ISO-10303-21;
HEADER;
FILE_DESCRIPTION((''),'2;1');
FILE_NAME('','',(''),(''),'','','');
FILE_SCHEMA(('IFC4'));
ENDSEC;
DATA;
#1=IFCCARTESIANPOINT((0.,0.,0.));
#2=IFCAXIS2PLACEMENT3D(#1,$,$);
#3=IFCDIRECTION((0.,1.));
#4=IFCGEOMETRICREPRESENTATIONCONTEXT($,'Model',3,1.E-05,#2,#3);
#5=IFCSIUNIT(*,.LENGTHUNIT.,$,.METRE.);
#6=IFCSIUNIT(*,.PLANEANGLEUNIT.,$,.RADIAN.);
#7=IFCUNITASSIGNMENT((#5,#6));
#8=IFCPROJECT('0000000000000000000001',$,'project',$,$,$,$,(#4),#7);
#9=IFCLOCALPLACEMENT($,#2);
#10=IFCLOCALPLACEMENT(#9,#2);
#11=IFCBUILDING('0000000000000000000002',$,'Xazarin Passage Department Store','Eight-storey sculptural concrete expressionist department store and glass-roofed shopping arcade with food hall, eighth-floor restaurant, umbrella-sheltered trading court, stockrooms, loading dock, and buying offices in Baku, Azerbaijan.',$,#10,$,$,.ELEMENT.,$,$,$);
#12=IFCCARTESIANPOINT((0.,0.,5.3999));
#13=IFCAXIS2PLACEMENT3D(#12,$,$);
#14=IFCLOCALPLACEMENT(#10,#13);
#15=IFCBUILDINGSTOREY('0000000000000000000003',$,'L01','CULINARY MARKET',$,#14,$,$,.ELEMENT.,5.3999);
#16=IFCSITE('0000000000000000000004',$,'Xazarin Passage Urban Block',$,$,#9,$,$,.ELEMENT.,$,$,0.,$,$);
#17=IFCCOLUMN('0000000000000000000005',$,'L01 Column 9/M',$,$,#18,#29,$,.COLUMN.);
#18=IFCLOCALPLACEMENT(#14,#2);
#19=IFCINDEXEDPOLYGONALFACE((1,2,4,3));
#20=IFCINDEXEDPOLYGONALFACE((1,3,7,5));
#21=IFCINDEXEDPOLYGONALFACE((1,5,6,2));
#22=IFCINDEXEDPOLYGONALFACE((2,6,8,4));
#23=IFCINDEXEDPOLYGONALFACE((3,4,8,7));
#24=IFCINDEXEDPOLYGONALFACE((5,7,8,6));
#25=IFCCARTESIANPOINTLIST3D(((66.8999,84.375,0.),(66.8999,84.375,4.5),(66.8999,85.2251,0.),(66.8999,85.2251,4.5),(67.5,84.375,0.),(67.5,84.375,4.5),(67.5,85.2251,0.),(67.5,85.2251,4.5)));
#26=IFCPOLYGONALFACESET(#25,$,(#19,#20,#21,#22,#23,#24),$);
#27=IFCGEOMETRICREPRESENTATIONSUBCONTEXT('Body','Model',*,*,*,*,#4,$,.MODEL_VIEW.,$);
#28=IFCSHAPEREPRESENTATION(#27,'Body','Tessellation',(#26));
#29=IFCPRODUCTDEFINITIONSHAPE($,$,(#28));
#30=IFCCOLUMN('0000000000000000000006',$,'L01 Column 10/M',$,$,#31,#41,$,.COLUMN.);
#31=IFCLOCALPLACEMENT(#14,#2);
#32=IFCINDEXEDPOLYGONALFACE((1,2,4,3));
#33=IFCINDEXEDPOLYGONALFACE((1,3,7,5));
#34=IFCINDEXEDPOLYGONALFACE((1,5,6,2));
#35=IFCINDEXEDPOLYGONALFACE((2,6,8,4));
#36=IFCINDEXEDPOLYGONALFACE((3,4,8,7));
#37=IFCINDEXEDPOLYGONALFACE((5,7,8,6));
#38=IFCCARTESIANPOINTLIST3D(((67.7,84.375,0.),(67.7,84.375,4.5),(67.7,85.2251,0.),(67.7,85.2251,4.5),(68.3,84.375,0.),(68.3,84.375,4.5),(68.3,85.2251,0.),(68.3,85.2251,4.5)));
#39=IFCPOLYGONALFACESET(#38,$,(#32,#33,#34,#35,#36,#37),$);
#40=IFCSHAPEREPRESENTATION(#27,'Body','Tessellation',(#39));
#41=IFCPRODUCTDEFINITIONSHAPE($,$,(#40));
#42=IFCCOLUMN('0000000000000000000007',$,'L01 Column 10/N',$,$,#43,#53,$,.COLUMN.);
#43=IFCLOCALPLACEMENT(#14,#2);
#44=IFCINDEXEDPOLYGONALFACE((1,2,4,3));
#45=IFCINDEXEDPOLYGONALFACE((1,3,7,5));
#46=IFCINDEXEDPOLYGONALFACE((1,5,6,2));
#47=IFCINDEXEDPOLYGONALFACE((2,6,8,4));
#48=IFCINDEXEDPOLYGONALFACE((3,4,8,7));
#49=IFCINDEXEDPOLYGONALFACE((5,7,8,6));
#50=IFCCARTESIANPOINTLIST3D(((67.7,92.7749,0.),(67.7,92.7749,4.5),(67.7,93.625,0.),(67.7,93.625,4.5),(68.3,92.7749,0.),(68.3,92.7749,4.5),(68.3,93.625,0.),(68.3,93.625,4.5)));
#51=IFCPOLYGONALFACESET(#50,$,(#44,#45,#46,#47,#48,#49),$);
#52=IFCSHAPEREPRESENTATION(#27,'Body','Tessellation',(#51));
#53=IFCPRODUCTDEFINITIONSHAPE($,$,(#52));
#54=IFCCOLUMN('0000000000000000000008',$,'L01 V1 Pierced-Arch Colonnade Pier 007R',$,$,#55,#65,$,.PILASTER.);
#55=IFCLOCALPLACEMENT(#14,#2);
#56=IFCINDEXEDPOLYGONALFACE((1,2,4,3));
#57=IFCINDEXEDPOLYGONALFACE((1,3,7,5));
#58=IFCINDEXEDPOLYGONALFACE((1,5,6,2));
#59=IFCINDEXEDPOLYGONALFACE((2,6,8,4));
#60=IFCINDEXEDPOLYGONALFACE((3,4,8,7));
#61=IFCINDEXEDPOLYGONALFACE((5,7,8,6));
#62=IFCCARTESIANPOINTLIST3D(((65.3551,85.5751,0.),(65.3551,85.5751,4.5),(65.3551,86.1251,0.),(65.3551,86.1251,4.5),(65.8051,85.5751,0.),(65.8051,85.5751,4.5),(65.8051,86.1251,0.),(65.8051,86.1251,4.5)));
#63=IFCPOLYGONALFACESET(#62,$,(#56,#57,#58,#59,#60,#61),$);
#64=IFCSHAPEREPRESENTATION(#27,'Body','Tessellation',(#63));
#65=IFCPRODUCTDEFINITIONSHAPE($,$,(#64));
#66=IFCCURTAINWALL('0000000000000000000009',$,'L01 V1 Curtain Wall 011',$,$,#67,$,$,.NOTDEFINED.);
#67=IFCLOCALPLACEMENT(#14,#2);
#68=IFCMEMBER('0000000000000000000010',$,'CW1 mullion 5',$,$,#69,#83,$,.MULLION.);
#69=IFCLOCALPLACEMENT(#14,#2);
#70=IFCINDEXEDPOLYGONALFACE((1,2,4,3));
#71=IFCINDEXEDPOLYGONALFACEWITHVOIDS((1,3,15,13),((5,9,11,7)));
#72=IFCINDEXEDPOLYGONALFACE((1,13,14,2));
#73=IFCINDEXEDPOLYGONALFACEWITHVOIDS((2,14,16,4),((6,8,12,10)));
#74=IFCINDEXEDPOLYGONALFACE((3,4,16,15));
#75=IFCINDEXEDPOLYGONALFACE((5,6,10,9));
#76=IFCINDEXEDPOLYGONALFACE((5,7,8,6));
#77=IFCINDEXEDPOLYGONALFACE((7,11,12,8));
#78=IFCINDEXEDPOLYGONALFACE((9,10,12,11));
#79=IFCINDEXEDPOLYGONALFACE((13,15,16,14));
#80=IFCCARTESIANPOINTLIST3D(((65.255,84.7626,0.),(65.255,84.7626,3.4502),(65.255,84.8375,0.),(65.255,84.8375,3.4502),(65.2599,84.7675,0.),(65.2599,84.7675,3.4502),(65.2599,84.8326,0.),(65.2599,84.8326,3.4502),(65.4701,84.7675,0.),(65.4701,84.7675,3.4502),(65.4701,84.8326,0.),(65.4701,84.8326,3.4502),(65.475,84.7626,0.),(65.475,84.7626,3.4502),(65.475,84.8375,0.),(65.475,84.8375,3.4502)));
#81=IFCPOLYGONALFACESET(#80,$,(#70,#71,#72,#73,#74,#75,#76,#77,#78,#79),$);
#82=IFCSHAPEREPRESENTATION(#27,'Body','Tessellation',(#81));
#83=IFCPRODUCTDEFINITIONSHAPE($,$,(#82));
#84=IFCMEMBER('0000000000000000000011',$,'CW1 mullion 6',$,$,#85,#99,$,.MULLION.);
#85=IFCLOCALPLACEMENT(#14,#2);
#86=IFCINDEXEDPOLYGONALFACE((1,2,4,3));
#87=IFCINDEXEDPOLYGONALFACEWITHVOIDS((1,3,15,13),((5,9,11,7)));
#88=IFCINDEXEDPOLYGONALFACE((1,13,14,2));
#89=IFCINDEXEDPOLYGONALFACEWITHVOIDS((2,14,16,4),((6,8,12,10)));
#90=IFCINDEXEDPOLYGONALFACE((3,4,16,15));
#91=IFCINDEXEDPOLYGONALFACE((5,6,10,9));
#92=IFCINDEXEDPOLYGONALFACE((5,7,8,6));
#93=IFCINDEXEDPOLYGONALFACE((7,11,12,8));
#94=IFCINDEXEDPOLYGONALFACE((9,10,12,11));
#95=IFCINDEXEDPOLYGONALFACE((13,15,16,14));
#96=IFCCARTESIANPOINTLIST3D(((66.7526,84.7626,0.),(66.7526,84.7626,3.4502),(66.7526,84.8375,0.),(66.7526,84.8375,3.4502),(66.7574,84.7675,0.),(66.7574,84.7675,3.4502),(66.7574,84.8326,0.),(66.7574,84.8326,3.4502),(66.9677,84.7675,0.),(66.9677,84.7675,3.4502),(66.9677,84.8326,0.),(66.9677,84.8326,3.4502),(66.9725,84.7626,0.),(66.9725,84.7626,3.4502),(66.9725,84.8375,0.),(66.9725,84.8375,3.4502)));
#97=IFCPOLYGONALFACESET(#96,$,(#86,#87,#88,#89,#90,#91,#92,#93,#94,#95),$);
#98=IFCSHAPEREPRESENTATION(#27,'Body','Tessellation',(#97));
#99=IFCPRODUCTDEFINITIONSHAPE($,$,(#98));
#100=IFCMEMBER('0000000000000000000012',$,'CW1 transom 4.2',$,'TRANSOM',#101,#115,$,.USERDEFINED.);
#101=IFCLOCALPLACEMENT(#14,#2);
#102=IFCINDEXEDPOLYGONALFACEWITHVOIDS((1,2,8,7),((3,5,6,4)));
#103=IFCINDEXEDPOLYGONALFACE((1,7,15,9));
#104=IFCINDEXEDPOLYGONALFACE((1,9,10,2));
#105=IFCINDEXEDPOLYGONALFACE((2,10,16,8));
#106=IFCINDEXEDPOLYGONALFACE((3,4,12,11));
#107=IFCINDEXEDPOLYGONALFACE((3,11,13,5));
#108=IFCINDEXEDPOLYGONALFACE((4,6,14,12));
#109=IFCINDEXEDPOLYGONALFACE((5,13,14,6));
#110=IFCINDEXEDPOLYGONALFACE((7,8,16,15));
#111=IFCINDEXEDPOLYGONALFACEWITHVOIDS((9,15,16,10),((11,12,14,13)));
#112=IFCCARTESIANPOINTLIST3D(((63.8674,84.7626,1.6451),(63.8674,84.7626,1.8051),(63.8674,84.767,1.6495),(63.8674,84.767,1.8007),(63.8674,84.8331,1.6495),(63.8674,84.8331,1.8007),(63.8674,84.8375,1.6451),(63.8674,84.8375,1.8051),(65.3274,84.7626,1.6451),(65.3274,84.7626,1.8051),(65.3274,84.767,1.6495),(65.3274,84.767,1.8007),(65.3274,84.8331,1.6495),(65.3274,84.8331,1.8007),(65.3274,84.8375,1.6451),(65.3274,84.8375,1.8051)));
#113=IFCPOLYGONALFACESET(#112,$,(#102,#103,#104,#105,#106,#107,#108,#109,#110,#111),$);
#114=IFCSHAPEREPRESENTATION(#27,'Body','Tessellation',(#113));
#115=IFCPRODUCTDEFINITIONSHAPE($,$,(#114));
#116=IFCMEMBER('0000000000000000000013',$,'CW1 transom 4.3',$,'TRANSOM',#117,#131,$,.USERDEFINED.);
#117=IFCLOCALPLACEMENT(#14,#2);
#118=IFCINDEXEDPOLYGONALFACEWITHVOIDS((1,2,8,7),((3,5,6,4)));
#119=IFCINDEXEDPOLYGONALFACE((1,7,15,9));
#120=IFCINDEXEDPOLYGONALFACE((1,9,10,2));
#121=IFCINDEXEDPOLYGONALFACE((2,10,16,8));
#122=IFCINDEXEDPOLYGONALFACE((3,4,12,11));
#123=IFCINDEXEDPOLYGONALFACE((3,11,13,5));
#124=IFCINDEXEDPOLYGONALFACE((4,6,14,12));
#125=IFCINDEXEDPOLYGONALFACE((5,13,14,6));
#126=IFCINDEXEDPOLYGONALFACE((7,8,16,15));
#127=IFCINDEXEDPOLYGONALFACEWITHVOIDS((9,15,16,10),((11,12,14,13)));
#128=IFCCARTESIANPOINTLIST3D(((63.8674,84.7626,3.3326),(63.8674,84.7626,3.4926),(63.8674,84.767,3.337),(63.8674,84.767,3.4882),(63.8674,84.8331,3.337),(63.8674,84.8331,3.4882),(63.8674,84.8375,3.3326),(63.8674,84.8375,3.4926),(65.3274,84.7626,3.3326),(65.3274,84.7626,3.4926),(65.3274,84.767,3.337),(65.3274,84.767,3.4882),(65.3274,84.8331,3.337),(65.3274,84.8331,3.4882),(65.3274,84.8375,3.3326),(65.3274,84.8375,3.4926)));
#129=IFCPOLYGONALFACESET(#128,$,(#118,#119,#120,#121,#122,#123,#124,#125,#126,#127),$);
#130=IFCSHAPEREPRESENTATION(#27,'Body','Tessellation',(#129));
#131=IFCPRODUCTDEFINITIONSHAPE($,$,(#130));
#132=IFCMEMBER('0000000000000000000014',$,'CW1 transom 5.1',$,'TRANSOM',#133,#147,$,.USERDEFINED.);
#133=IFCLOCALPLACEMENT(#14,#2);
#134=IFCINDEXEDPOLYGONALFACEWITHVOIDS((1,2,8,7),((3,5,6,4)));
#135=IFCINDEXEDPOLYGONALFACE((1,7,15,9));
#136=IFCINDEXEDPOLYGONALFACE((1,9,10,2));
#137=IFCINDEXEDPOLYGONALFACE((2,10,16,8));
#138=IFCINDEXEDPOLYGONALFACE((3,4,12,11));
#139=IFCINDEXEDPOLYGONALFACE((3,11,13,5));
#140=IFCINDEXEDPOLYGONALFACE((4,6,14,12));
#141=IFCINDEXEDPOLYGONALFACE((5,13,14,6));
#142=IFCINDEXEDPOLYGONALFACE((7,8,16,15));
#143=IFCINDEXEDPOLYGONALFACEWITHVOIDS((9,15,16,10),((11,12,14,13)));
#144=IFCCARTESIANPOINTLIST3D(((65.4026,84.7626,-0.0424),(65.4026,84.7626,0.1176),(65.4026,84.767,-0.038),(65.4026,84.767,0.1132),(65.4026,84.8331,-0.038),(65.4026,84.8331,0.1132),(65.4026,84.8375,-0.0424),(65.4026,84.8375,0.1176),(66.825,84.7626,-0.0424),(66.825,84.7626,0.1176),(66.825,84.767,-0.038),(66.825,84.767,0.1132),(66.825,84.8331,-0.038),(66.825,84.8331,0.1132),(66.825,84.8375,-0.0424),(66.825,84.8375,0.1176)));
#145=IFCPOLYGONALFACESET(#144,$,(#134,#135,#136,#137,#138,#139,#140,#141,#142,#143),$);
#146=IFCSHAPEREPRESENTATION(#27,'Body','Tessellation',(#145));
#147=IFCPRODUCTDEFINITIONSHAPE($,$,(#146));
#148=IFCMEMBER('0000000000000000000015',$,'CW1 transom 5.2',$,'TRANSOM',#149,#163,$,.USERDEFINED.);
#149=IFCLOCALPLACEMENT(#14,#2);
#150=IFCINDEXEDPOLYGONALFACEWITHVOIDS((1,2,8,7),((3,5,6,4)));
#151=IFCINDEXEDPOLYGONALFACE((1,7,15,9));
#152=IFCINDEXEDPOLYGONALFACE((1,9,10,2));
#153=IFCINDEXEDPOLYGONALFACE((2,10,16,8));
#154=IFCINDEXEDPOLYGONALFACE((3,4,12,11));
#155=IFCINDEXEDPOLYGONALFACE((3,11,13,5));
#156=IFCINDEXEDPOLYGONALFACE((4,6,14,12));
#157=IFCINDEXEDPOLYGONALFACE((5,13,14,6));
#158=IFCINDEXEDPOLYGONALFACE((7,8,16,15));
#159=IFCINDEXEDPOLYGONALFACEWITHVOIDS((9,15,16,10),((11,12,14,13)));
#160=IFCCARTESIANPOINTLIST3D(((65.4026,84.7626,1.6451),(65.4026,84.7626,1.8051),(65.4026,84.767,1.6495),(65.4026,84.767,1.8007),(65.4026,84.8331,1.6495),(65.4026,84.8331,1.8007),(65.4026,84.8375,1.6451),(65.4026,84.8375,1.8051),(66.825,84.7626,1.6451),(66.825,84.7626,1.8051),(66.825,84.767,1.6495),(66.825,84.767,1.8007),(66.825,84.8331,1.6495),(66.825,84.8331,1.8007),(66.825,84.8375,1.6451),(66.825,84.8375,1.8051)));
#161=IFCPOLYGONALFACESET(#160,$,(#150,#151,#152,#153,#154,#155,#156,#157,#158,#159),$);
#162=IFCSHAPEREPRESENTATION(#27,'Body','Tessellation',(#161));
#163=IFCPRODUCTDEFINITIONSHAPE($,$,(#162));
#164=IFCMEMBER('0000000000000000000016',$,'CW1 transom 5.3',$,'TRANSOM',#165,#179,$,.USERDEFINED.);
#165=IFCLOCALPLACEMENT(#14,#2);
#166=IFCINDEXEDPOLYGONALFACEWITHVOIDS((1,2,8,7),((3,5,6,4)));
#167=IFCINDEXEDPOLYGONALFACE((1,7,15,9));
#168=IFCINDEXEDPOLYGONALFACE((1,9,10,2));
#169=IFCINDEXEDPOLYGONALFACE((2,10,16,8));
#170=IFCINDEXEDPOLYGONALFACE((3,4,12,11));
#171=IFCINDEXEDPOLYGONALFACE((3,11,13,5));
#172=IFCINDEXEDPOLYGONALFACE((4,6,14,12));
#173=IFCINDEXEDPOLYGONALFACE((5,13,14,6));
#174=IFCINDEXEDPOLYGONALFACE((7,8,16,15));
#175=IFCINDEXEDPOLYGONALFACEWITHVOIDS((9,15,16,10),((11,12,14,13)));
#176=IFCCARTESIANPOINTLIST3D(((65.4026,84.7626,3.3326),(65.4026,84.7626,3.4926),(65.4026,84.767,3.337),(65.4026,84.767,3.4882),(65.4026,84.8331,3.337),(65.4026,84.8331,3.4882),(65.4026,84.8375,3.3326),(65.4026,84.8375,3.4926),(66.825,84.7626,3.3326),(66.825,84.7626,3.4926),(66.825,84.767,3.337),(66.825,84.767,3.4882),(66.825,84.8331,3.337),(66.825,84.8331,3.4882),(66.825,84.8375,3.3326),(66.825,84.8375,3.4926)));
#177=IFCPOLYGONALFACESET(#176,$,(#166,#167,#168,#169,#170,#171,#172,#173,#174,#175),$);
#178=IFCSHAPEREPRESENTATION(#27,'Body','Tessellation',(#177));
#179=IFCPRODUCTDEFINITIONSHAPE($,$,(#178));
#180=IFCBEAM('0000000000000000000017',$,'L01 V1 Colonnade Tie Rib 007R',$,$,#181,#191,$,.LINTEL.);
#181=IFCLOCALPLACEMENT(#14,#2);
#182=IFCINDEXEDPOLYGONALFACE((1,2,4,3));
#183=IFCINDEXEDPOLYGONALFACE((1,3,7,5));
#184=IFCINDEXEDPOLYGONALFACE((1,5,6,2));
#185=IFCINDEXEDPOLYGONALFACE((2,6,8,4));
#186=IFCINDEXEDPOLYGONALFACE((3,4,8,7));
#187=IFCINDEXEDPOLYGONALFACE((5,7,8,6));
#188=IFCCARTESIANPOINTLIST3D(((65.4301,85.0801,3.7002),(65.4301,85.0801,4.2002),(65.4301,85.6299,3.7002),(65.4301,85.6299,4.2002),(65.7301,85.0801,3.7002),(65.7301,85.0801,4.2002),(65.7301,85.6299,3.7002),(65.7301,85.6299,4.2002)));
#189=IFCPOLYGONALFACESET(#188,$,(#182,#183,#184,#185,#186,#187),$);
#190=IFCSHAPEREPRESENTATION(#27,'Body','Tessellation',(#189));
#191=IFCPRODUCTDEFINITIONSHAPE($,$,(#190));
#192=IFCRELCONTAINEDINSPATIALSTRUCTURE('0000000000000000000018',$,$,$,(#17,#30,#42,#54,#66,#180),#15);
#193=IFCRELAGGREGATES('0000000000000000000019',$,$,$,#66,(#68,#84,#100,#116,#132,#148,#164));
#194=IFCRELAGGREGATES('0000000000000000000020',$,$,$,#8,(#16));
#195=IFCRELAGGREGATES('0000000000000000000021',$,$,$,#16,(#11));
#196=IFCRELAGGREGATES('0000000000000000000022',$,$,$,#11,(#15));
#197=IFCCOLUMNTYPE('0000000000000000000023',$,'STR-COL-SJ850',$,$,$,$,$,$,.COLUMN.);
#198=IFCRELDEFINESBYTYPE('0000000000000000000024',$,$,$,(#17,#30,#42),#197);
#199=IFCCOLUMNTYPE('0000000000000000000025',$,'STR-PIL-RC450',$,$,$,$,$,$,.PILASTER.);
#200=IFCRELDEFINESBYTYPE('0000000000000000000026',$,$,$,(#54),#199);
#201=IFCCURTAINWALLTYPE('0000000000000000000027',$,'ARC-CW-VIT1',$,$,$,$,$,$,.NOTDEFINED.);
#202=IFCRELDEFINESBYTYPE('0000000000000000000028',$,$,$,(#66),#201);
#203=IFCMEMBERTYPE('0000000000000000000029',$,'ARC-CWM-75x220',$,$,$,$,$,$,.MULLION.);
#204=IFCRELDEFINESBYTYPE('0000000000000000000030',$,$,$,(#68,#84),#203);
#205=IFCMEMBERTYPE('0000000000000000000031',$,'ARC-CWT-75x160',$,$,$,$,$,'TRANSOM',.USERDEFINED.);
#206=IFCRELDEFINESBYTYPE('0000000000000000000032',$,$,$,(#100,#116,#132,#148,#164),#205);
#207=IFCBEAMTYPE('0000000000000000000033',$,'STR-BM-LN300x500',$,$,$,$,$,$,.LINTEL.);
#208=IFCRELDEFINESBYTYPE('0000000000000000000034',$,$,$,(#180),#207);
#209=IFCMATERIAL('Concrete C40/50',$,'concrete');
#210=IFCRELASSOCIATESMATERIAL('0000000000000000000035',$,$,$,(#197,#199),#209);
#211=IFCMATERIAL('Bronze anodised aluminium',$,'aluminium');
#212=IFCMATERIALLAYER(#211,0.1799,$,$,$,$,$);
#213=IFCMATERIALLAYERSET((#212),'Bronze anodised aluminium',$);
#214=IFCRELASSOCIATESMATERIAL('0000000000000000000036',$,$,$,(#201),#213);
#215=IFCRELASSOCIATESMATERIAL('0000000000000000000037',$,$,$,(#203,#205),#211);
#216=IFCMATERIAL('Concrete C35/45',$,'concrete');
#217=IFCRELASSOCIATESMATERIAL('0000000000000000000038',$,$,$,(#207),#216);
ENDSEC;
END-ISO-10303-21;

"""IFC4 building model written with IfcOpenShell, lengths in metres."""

from ifc_helpers import new_model, si_unit, direction, frame, origin, origin_2d, place, context, subcontext, project, spatial, rectangle, hollow_rectangle, extrude, material, layer, layer_set, material_profile, profile_set, type_object, element, aggregate, save


model = new_model("IFC4")

# Units and contexts
model_context = context("Model", 3, precision=1e-05, world=origin(), true_north=direction((0.0, 1.0)))
body_context = subcontext(model_context, "Body", "Model", "MODEL_VIEW")
ifc_project = project(units=[si_unit("LENGTHUNIT", "METRE"), si_unit("PLANEANGLEUNIT", "RADIAN")], contexts=[model_context])

# Site, building, storey
site_placement = place(None, origin())
site = spatial("IfcSite", under=ifc_project, at=site_placement, Name="Xazarin Passage Urban Block", CompositionType="ELEMENT", RefElevation=0.0)
building_placement = place(site_placement, origin())
building = spatial("IfcBuilding", under=site, at=building_placement, Name="Xazarin Passage Department Store", Description="Eight-storey sculptural concrete expressionist department store and glass-roofed shopping arcade with food hall, eighth-floor restaurant, umbrella-sheltered trading court, stockrooms, loading dock, and buying offices in Baku, Azerbaijan.", CompositionType="ELEMENT")
storey_placement = place(building_placement, frame((0.0, 0.0, 5.3999)))
storey = spatial("IfcBuildingStorey", under=building, at=storey_placement, Name="L01", Description="CULINARY MARKET", CompositionType="ELEMENT", Elevation=5.3999)

# Columns
ifc_material_1 = material(Name="Concrete C40/50", Category="concrete")
ifc_material_profile_1 = material_profile(ifc_material_1, rectangle(XDim=0.6001, YDim=0.8501, at=origin_2d()), Name="RC 600x850")
ifc_profile_set_1 = profile_set([ifc_material_profile_1], Name="Concrete C40/50")
column_type_1 = type_object("IfcColumnType", Name="STR-COL-SJ850", PredefinedType="COLUMN", material=ifc_profile_set_1)
for number, where, z_axis, x_axis, name in (
    (1, (67.2, 84.8, 0.0), (0.0, 0.0, 1.0), (1.0, 0.0, 0.0), "L01 Column 9/M"),
    (2, (68.0, 84.8, 0.0), (0.0, 0.0, 1.0), (1.0, 0.0, 0.0), "L01 Column 10/M"),
    (3, (68.0, 93.2, 0.0), (0.0, 0.0, 1.0), (1.0, 0.0, 0.0), "L01 Column 10/N"),
):
    element("IfcColumn", number, at=place(storey_placement, frame(where, z_axis=z_axis, x_axis=x_axis)), inside=storey, type_object=column_type_1, Name=name, PredefinedType="COLUMN", context=body_context, shape_type="SweptSolid", body=[
        extrude(rectangle(XDim=0.6001, YDim=0.8501, at=origin_2d()), origin(), (0.0, 0.0, 1.0), 4.5),
    ])
ifc_material_profile_2 = material_profile(ifc_material_1, rectangle(XDim=0.45, YDim=0.55, at=origin_2d()), Name="RC 450x550")
ifc_profile_set_2 = profile_set([ifc_material_profile_2], Name="Concrete C40/50")
column_type_2 = type_object("IfcColumnType", Name="STR-PIL-RC450", PredefinedType="PILASTER", material=ifc_profile_set_2)
column_placement = place(storey_placement, frame((65.5801, 85.8501, 0.0), z_axis=(0.0, 0.0, 1.0), x_axis=(1.0, 0.0, 0.0)))
element("IfcColumn", 4, at=column_placement, inside=storey, type_object=column_type_2, Name="L01 V1 Pierced-Arch Colonnade Pier 007R", PredefinedType="PILASTER", context=body_context, shape_type="SweptSolid", body=[
    extrude(rectangle(XDim=0.45, YDim=0.55, at=origin_2d()), origin(), (0.0, 0.0, 1.0), 4.5),
])

# Curtain wall, members
ifc_material_2 = material(Name="Bronze anodised aluminium", Category="aluminium")
ifc_layer_1 = layer(ifc_material_2, 0.1799)
ifc_layer_set_1 = layer_set([ifc_layer_1], Name="Bronze anodised aluminium")
curtain_wall_type = type_object("IfcCurtainWallType", Name="ARC-CW-VIT1", PredefinedType="NOTDEFINED", material=ifc_layer_set_1)
curtain_wall_placement = place(storey_placement, origin())
curtain_wall = element("IfcCurtainWall", 5, at=curtain_wall_placement, inside=storey, type_object=curtain_wall_type, Name="L01 V1 Curtain Wall 011", PredefinedType="NOTDEFINED")
ifc_material_profile_3 = material_profile(ifc_material_2, hollow_rectangle(XDim=0.075, YDim=0.22, WallThickness=0.0049, at=origin_2d()), Name="ALU 75x220")
ifc_profile_set_3 = profile_set([ifc_material_profile_3], Name="Bronze anodised aluminium")
member_type_1 = type_object("IfcMemberType", Name="ARC-CWM-75x220", PredefinedType="MULLION", material=ifc_profile_set_3)
member_1_placement = place(storey_placement, frame((65.365, 84.8, 0.0), z_axis=(0.0, 0.0, 1.0), x_axis=(0.0, 1.0, 0.0)))
member_1 = element("IfcMember", 6, at=member_1_placement, type_object=member_type_1, Name="CW1 mullion 5", PredefinedType="MULLION", context=body_context, shape_type="SweptSolid", body=[
    extrude(hollow_rectangle(XDim=0.075, YDim=0.22, WallThickness=0.0049, at=origin_2d()), origin(), (0.0, 0.0, 1.0), 3.4502),
])
member_2_placement = place(storey_placement, frame((66.8625, 84.8, 0.0), z_axis=(0.0, 0.0, 1.0), x_axis=(0.0, 1.0, 0.0)))
member_2 = element("IfcMember", 7, at=member_2_placement, type_object=member_type_1, Name="CW1 mullion 6", PredefinedType="MULLION", context=body_context, shape_type="SweptSolid", body=[
    extrude(hollow_rectangle(XDim=0.075, YDim=0.22, WallThickness=0.0049, at=origin_2d()), origin(), (0.0, 0.0, 1.0), 3.4502),
])
ifc_material_profile_4 = material_profile(ifc_material_2, hollow_rectangle(XDim=0.075, YDim=0.1599, WallThickness=0.0044, at=origin_2d()), Name="ALU 75x160")
ifc_profile_set_4 = profile_set([ifc_material_profile_4], Name="Bronze anodised aluminium")
member_type_2 = type_object("IfcMemberType", Name="ARC-CWT-75x160", ElementType="TRANSOM", PredefinedType="USERDEFINED", material=ifc_profile_set_4)
member_3_placement = place(storey_placement, frame((63.8674, 84.8, 1.7251), z_axis=(1.0, 0.0, 0.0), x_axis=(0.0, 1.0, 0.0)))
member_3 = element("IfcMember", 8, at=member_3_placement, type_object=member_type_2, Name="CW1 transom 4.2", ObjectType="TRANSOM", PredefinedType="USERDEFINED", context=body_context, shape_type="SweptSolid", body=[
    extrude(hollow_rectangle(XDim=0.075, YDim=0.1599, WallThickness=0.0044, at=origin_2d()), origin(), (0.0, 0.0, 1.0), 1.46),
])
member_4_placement = place(storey_placement, frame((63.8674, 84.8, 3.4126), z_axis=(1.0, 0.0, 0.0), x_axis=(0.0, 1.0, 0.0)))
member_4 = element("IfcMember", 9, at=member_4_placement, type_object=member_type_2, Name="CW1 transom 4.3", ObjectType="TRANSOM", PredefinedType="USERDEFINED", context=body_context, shape_type="SweptSolid", body=[
    extrude(hollow_rectangle(XDim=0.075, YDim=0.1599, WallThickness=0.0044, at=origin_2d()), origin(), (0.0, 0.0, 1.0), 1.46),
])
member_5_placement = place(storey_placement, frame((65.4026, 84.8, 0.0376), z_axis=(1.0, 0.0, 0.0), x_axis=(0.0, 1.0, 0.0)))
member_5 = element("IfcMember", 10, at=member_5_placement, type_object=member_type_2, Name="CW1 transom 5.1", ObjectType="TRANSOM", PredefinedType="USERDEFINED", context=body_context, shape_type="SweptSolid", body=[
    extrude(hollow_rectangle(XDim=0.075, YDim=0.1599, WallThickness=0.0044, at=origin_2d()), origin(), (0.0, 0.0, 1.0), 1.4224),
])
member_6_placement = place(storey_placement, frame((65.4026, 84.8, 1.7251), z_axis=(1.0, 0.0, 0.0), x_axis=(0.0, 1.0, 0.0)))
member_6 = element("IfcMember", 11, at=member_6_placement, type_object=member_type_2, Name="CW1 transom 5.2", ObjectType="TRANSOM", PredefinedType="USERDEFINED", context=body_context, shape_type="SweptSolid", body=[
    extrude(hollow_rectangle(XDim=0.075, YDim=0.1599, WallThickness=0.0044, at=origin_2d()), origin(), (0.0, 0.0, 1.0), 1.4224),
])
member_7_placement = place(storey_placement, frame((65.4026, 84.8, 3.4126), z_axis=(1.0, 0.0, 0.0), x_axis=(0.0, 1.0, 0.0)))
member_7 = element("IfcMember", 12, at=member_7_placement, type_object=member_type_2, Name="CW1 transom 5.3", ObjectType="TRANSOM", PredefinedType="USERDEFINED", context=body_context, shape_type="SweptSolid", body=[
    extrude(hollow_rectangle(XDim=0.075, YDim=0.1599, WallThickness=0.0044, at=origin_2d()), origin(), (0.0, 0.0, 1.0), 1.4224),
])

# Beam
ifc_material_3 = material(Name="Concrete C35/45", Category="concrete")
ifc_material_profile_5 = material_profile(ifc_material_3, rectangle(XDim=0.3, YDim=0.5, at=origin_2d()), Name="RC 300x500")
ifc_profile_set_5 = profile_set([ifc_material_profile_5], Name="Concrete C35/45")
beam_type_1 = type_object("IfcBeamType", Name="STR-BM-LN300x500", PredefinedType="LINTEL", material=ifc_profile_set_5)
beam_1_placement = place(storey_placement, frame((65.5801, 85.0801, 3.9502), z_axis=(0.0, 1.0, 0.0), x_axis=(-1.0, 0.0, 0.0)))
element("IfcBeam", 13, at=beam_1_placement, inside=storey, type_object=beam_type_1, Name="L01 V1 Colonnade Tie Rib 007R", PredefinedType="LINTEL", context=body_context, shape_type="SweptSolid", body=[
    extrude(rectangle(XDim=0.3, YDim=0.5, at=origin_2d()), origin(), (0.0, 0.0, 1.0), 0.5498),
])

aggregate(curtain_wall, [member_1, member_2, member_3, member_4, member_5, member_6, member_7])

save(model, "model.ifc")
